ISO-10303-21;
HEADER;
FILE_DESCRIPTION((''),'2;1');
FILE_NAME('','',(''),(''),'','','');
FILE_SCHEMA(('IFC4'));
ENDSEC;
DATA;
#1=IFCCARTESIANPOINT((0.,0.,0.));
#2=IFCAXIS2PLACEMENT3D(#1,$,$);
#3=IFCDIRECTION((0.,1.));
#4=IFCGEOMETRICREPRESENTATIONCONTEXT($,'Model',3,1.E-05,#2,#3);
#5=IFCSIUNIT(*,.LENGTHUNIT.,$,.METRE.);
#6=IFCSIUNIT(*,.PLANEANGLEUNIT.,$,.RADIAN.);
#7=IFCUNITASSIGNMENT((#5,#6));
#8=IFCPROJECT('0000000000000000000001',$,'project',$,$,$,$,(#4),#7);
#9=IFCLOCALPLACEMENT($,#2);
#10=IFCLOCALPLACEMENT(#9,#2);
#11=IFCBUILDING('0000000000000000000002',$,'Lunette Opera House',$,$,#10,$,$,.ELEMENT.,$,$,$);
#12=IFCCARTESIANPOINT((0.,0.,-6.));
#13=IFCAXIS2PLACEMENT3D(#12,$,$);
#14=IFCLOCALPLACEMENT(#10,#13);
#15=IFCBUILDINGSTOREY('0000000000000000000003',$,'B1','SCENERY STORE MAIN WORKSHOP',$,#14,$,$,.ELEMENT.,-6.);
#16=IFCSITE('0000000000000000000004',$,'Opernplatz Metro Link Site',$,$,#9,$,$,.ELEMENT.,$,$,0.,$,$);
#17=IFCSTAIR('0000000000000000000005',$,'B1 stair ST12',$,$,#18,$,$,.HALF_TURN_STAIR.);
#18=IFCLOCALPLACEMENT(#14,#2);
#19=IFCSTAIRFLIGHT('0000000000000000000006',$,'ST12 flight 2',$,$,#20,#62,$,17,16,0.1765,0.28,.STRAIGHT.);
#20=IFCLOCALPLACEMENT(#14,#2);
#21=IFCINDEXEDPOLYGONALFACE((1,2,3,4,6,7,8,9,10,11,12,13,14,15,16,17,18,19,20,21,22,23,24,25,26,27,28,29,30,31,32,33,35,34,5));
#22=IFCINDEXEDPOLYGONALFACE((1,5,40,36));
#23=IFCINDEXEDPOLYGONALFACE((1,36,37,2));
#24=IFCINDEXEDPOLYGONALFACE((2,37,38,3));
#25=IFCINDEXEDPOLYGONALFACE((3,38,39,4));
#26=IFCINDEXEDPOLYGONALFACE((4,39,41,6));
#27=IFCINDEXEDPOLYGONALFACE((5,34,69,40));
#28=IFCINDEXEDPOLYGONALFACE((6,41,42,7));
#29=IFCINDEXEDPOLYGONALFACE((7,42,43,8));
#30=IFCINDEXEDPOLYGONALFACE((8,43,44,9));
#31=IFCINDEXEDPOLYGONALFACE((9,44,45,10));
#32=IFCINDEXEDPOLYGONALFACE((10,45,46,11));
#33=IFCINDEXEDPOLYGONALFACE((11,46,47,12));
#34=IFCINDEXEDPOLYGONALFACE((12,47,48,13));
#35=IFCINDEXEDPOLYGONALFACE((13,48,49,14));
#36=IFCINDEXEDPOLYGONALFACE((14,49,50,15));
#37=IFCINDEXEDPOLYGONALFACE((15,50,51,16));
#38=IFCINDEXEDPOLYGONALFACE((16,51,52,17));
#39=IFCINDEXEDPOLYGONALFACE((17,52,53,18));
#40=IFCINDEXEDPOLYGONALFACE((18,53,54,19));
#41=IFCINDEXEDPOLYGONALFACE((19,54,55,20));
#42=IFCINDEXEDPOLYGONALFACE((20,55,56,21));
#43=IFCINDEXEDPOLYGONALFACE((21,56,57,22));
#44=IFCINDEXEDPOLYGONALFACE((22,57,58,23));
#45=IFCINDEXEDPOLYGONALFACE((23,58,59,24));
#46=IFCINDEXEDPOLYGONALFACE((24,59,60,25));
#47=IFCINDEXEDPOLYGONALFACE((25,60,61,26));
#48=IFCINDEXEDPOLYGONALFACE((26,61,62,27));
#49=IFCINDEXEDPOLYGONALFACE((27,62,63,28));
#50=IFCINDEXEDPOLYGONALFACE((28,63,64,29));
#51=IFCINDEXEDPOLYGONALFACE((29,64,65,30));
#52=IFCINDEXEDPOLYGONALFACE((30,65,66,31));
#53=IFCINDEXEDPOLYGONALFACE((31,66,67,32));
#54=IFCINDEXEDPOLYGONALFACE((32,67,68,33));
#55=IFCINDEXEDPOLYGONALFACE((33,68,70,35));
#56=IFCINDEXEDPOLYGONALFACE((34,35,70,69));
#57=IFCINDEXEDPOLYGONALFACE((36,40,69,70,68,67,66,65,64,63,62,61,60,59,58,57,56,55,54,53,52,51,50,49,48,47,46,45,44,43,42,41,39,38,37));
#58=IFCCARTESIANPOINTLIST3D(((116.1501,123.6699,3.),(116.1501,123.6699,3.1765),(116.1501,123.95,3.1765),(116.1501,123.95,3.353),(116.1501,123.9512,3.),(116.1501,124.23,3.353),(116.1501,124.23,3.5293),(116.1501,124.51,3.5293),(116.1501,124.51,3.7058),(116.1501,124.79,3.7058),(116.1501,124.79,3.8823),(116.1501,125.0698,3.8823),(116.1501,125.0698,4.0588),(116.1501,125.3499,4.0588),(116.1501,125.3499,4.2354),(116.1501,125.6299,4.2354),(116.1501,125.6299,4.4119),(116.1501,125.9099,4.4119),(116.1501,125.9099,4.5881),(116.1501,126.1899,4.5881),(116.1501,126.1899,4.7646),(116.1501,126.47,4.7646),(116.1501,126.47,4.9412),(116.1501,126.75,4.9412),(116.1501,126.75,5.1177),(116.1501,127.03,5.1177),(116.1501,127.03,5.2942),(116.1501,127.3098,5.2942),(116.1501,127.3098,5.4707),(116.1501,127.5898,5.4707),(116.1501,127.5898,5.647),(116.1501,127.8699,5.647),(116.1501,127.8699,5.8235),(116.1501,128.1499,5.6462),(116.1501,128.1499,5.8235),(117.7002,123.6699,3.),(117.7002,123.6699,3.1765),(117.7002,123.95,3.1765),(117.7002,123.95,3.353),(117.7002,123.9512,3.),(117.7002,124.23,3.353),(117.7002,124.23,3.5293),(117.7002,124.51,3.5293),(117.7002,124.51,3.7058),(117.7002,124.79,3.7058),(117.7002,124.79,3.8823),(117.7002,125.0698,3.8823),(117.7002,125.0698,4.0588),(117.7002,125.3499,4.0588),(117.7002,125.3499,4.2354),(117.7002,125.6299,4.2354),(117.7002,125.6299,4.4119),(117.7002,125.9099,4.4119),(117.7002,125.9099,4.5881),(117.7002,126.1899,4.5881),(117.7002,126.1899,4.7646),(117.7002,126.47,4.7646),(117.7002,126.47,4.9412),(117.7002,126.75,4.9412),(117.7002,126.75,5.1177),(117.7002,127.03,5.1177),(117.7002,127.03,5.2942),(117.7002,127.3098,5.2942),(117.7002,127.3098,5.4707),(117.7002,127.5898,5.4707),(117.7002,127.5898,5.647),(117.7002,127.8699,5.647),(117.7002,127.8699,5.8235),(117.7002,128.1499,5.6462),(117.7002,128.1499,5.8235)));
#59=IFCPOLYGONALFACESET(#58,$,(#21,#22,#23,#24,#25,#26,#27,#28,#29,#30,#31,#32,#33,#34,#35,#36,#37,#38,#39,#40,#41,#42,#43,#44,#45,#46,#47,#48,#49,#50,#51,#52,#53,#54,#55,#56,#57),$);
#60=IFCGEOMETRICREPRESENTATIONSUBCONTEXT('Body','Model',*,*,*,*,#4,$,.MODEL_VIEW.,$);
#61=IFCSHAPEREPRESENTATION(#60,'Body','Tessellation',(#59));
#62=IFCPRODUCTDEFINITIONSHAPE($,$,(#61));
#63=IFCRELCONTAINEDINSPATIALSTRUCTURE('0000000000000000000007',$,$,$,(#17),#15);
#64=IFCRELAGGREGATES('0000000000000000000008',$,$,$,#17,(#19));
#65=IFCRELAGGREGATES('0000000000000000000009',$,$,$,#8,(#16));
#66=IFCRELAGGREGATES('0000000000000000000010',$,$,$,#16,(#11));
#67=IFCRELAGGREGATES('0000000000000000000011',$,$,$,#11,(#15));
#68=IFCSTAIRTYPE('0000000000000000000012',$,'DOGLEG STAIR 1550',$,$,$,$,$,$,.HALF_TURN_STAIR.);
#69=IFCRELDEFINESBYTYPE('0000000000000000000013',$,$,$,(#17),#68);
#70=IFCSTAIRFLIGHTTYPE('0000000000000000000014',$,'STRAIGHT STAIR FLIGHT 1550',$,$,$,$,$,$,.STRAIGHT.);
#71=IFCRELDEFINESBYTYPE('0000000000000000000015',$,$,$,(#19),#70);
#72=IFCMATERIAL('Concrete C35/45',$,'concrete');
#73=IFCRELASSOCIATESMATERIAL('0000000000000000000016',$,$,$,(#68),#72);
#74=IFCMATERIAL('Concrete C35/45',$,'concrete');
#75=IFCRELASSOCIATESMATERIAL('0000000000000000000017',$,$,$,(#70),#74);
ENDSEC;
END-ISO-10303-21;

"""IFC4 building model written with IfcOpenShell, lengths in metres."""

from ifc_helpers import new_model, si_unit, direction, frame, origin, place, context, subcontext, project, spatial, polyline, outline, extrude, material, type_object, element, aggregate, save


model = new_model("IFC4")

# Units and contexts
model_context = context("Model", 3, precision=1e-05, world=origin(), true_north=direction((0.0, 1.0)))
body_context = subcontext(model_context, "Body", "Model", "MODEL_VIEW")
ifc_project = project(units=[si_unit("LENGTHUNIT", "METRE"), si_unit("PLANEANGLEUNIT", "RADIAN")], contexts=[model_context])

# Site, building, storey
site_placement = place(None, origin())
site = spatial("IfcSite", under=ifc_project, at=site_placement, Name="Opernplatz Metro Link Site", CompositionType="ELEMENT", RefElevation=0.0)
building_placement = place(site_placement, origin())
building = spatial("IfcBuilding", under=site, at=building_placement, Name="Lunette Opera House", CompositionType="ELEMENT")
storey_placement = place(building_placement, frame((0.0, 0.0, -6.0)))
storey = spatial("IfcBuildingStorey", under=building, at=storey_placement, Name="B1", Description="SCENERY STORE MAIN WORKSHOP", CompositionType="ELEMENT", Elevation=-6.0)

# Stair, stair flight
ifc_material_1 = material(Name="Concrete C35/45", Category="concrete")
stair_type = type_object("IfcStairType", Name="DOGLEG STAIR 1550", PredefinedType="HALF_TURN_STAIR", material=ifc_material_1)
stair_placement = place(storey_placement, origin())
stair = element("IfcStair", 1, at=stair_placement, inside=storey, type_object=stair_type, Name="B1 stair ST12", PredefinedType="HALF_TURN_STAIR")
ifc_material_2 = material(Name="Concrete C35/45", Category="concrete")
stair_flight_type = type_object("IfcStairFlightType", Name="STRAIGHT STAIR FLIGHT 1550", PredefinedType="STRAIGHT", material=ifc_material_2)
stair_flight_1_placement = place(storey_placement, frame((116.925, 123.6699, 3.0), z_axis=(0.0, 0.0, 1.0), x_axis=(0.0, 1.0, 0.0)))
stair_flight_1 = element("IfcStairFlight", 2, at=stair_flight_1_placement, type_object=stair_flight_type, Name="ST12 flight 2", NumberOfRisers=17, NumberOfTreads=16, PredefinedType="STRAIGHT", RiserHeight=0.1765, TreadLength=0.28, context=body_context, shape_type="SweptSolid", body=[
    extrude(outline(polyline([(0.0, 0.0), (0.0, 0.1765), (0.28, 0.1765), (0.28, 0.353), (0.5601, 0.353), (0.5601, 0.5293), (0.8401, 0.5293), (0.8401, 0.7058), (1.1201, 0.7058), (1.1201, 0.8823), (1.3999, 0.8823), (1.3999, 1.0588), (1.6799, 1.0588), (1.6799, 1.2354), (1.96, 1.2354), (1.96, 1.4119), (2.24, 1.4119), (2.24, 1.5881), (2.52, 1.5881), (2.52, 1.7646), (2.8, 1.7646), (2.8, 1.9412), (3.0801, 1.9412), (3.0801, 2.1177), (3.3601, 2.1177), (3.3601, 2.2942), (3.6399, 2.2942), (3.6399, 2.4707), (3.9199, 2.4707), (3.9199, 2.647), (4.2, 2.647), (4.2, 2.8235), (4.48, 2.8235), (4.48, 3.0), (4.48, 2.6462), (0.2812, 0.0), (0.0, 0.0)])), frame((0.0, 0.7749, 0.0), z_axis=(0.0, -1.0, 0.0), x_axis=(1.0, 0.0, 0.0)), (0.0, 0.0, 1.0), 1.55),
])
aggregate(stair, [stair_flight_1])

save(model, "model.ifc")
